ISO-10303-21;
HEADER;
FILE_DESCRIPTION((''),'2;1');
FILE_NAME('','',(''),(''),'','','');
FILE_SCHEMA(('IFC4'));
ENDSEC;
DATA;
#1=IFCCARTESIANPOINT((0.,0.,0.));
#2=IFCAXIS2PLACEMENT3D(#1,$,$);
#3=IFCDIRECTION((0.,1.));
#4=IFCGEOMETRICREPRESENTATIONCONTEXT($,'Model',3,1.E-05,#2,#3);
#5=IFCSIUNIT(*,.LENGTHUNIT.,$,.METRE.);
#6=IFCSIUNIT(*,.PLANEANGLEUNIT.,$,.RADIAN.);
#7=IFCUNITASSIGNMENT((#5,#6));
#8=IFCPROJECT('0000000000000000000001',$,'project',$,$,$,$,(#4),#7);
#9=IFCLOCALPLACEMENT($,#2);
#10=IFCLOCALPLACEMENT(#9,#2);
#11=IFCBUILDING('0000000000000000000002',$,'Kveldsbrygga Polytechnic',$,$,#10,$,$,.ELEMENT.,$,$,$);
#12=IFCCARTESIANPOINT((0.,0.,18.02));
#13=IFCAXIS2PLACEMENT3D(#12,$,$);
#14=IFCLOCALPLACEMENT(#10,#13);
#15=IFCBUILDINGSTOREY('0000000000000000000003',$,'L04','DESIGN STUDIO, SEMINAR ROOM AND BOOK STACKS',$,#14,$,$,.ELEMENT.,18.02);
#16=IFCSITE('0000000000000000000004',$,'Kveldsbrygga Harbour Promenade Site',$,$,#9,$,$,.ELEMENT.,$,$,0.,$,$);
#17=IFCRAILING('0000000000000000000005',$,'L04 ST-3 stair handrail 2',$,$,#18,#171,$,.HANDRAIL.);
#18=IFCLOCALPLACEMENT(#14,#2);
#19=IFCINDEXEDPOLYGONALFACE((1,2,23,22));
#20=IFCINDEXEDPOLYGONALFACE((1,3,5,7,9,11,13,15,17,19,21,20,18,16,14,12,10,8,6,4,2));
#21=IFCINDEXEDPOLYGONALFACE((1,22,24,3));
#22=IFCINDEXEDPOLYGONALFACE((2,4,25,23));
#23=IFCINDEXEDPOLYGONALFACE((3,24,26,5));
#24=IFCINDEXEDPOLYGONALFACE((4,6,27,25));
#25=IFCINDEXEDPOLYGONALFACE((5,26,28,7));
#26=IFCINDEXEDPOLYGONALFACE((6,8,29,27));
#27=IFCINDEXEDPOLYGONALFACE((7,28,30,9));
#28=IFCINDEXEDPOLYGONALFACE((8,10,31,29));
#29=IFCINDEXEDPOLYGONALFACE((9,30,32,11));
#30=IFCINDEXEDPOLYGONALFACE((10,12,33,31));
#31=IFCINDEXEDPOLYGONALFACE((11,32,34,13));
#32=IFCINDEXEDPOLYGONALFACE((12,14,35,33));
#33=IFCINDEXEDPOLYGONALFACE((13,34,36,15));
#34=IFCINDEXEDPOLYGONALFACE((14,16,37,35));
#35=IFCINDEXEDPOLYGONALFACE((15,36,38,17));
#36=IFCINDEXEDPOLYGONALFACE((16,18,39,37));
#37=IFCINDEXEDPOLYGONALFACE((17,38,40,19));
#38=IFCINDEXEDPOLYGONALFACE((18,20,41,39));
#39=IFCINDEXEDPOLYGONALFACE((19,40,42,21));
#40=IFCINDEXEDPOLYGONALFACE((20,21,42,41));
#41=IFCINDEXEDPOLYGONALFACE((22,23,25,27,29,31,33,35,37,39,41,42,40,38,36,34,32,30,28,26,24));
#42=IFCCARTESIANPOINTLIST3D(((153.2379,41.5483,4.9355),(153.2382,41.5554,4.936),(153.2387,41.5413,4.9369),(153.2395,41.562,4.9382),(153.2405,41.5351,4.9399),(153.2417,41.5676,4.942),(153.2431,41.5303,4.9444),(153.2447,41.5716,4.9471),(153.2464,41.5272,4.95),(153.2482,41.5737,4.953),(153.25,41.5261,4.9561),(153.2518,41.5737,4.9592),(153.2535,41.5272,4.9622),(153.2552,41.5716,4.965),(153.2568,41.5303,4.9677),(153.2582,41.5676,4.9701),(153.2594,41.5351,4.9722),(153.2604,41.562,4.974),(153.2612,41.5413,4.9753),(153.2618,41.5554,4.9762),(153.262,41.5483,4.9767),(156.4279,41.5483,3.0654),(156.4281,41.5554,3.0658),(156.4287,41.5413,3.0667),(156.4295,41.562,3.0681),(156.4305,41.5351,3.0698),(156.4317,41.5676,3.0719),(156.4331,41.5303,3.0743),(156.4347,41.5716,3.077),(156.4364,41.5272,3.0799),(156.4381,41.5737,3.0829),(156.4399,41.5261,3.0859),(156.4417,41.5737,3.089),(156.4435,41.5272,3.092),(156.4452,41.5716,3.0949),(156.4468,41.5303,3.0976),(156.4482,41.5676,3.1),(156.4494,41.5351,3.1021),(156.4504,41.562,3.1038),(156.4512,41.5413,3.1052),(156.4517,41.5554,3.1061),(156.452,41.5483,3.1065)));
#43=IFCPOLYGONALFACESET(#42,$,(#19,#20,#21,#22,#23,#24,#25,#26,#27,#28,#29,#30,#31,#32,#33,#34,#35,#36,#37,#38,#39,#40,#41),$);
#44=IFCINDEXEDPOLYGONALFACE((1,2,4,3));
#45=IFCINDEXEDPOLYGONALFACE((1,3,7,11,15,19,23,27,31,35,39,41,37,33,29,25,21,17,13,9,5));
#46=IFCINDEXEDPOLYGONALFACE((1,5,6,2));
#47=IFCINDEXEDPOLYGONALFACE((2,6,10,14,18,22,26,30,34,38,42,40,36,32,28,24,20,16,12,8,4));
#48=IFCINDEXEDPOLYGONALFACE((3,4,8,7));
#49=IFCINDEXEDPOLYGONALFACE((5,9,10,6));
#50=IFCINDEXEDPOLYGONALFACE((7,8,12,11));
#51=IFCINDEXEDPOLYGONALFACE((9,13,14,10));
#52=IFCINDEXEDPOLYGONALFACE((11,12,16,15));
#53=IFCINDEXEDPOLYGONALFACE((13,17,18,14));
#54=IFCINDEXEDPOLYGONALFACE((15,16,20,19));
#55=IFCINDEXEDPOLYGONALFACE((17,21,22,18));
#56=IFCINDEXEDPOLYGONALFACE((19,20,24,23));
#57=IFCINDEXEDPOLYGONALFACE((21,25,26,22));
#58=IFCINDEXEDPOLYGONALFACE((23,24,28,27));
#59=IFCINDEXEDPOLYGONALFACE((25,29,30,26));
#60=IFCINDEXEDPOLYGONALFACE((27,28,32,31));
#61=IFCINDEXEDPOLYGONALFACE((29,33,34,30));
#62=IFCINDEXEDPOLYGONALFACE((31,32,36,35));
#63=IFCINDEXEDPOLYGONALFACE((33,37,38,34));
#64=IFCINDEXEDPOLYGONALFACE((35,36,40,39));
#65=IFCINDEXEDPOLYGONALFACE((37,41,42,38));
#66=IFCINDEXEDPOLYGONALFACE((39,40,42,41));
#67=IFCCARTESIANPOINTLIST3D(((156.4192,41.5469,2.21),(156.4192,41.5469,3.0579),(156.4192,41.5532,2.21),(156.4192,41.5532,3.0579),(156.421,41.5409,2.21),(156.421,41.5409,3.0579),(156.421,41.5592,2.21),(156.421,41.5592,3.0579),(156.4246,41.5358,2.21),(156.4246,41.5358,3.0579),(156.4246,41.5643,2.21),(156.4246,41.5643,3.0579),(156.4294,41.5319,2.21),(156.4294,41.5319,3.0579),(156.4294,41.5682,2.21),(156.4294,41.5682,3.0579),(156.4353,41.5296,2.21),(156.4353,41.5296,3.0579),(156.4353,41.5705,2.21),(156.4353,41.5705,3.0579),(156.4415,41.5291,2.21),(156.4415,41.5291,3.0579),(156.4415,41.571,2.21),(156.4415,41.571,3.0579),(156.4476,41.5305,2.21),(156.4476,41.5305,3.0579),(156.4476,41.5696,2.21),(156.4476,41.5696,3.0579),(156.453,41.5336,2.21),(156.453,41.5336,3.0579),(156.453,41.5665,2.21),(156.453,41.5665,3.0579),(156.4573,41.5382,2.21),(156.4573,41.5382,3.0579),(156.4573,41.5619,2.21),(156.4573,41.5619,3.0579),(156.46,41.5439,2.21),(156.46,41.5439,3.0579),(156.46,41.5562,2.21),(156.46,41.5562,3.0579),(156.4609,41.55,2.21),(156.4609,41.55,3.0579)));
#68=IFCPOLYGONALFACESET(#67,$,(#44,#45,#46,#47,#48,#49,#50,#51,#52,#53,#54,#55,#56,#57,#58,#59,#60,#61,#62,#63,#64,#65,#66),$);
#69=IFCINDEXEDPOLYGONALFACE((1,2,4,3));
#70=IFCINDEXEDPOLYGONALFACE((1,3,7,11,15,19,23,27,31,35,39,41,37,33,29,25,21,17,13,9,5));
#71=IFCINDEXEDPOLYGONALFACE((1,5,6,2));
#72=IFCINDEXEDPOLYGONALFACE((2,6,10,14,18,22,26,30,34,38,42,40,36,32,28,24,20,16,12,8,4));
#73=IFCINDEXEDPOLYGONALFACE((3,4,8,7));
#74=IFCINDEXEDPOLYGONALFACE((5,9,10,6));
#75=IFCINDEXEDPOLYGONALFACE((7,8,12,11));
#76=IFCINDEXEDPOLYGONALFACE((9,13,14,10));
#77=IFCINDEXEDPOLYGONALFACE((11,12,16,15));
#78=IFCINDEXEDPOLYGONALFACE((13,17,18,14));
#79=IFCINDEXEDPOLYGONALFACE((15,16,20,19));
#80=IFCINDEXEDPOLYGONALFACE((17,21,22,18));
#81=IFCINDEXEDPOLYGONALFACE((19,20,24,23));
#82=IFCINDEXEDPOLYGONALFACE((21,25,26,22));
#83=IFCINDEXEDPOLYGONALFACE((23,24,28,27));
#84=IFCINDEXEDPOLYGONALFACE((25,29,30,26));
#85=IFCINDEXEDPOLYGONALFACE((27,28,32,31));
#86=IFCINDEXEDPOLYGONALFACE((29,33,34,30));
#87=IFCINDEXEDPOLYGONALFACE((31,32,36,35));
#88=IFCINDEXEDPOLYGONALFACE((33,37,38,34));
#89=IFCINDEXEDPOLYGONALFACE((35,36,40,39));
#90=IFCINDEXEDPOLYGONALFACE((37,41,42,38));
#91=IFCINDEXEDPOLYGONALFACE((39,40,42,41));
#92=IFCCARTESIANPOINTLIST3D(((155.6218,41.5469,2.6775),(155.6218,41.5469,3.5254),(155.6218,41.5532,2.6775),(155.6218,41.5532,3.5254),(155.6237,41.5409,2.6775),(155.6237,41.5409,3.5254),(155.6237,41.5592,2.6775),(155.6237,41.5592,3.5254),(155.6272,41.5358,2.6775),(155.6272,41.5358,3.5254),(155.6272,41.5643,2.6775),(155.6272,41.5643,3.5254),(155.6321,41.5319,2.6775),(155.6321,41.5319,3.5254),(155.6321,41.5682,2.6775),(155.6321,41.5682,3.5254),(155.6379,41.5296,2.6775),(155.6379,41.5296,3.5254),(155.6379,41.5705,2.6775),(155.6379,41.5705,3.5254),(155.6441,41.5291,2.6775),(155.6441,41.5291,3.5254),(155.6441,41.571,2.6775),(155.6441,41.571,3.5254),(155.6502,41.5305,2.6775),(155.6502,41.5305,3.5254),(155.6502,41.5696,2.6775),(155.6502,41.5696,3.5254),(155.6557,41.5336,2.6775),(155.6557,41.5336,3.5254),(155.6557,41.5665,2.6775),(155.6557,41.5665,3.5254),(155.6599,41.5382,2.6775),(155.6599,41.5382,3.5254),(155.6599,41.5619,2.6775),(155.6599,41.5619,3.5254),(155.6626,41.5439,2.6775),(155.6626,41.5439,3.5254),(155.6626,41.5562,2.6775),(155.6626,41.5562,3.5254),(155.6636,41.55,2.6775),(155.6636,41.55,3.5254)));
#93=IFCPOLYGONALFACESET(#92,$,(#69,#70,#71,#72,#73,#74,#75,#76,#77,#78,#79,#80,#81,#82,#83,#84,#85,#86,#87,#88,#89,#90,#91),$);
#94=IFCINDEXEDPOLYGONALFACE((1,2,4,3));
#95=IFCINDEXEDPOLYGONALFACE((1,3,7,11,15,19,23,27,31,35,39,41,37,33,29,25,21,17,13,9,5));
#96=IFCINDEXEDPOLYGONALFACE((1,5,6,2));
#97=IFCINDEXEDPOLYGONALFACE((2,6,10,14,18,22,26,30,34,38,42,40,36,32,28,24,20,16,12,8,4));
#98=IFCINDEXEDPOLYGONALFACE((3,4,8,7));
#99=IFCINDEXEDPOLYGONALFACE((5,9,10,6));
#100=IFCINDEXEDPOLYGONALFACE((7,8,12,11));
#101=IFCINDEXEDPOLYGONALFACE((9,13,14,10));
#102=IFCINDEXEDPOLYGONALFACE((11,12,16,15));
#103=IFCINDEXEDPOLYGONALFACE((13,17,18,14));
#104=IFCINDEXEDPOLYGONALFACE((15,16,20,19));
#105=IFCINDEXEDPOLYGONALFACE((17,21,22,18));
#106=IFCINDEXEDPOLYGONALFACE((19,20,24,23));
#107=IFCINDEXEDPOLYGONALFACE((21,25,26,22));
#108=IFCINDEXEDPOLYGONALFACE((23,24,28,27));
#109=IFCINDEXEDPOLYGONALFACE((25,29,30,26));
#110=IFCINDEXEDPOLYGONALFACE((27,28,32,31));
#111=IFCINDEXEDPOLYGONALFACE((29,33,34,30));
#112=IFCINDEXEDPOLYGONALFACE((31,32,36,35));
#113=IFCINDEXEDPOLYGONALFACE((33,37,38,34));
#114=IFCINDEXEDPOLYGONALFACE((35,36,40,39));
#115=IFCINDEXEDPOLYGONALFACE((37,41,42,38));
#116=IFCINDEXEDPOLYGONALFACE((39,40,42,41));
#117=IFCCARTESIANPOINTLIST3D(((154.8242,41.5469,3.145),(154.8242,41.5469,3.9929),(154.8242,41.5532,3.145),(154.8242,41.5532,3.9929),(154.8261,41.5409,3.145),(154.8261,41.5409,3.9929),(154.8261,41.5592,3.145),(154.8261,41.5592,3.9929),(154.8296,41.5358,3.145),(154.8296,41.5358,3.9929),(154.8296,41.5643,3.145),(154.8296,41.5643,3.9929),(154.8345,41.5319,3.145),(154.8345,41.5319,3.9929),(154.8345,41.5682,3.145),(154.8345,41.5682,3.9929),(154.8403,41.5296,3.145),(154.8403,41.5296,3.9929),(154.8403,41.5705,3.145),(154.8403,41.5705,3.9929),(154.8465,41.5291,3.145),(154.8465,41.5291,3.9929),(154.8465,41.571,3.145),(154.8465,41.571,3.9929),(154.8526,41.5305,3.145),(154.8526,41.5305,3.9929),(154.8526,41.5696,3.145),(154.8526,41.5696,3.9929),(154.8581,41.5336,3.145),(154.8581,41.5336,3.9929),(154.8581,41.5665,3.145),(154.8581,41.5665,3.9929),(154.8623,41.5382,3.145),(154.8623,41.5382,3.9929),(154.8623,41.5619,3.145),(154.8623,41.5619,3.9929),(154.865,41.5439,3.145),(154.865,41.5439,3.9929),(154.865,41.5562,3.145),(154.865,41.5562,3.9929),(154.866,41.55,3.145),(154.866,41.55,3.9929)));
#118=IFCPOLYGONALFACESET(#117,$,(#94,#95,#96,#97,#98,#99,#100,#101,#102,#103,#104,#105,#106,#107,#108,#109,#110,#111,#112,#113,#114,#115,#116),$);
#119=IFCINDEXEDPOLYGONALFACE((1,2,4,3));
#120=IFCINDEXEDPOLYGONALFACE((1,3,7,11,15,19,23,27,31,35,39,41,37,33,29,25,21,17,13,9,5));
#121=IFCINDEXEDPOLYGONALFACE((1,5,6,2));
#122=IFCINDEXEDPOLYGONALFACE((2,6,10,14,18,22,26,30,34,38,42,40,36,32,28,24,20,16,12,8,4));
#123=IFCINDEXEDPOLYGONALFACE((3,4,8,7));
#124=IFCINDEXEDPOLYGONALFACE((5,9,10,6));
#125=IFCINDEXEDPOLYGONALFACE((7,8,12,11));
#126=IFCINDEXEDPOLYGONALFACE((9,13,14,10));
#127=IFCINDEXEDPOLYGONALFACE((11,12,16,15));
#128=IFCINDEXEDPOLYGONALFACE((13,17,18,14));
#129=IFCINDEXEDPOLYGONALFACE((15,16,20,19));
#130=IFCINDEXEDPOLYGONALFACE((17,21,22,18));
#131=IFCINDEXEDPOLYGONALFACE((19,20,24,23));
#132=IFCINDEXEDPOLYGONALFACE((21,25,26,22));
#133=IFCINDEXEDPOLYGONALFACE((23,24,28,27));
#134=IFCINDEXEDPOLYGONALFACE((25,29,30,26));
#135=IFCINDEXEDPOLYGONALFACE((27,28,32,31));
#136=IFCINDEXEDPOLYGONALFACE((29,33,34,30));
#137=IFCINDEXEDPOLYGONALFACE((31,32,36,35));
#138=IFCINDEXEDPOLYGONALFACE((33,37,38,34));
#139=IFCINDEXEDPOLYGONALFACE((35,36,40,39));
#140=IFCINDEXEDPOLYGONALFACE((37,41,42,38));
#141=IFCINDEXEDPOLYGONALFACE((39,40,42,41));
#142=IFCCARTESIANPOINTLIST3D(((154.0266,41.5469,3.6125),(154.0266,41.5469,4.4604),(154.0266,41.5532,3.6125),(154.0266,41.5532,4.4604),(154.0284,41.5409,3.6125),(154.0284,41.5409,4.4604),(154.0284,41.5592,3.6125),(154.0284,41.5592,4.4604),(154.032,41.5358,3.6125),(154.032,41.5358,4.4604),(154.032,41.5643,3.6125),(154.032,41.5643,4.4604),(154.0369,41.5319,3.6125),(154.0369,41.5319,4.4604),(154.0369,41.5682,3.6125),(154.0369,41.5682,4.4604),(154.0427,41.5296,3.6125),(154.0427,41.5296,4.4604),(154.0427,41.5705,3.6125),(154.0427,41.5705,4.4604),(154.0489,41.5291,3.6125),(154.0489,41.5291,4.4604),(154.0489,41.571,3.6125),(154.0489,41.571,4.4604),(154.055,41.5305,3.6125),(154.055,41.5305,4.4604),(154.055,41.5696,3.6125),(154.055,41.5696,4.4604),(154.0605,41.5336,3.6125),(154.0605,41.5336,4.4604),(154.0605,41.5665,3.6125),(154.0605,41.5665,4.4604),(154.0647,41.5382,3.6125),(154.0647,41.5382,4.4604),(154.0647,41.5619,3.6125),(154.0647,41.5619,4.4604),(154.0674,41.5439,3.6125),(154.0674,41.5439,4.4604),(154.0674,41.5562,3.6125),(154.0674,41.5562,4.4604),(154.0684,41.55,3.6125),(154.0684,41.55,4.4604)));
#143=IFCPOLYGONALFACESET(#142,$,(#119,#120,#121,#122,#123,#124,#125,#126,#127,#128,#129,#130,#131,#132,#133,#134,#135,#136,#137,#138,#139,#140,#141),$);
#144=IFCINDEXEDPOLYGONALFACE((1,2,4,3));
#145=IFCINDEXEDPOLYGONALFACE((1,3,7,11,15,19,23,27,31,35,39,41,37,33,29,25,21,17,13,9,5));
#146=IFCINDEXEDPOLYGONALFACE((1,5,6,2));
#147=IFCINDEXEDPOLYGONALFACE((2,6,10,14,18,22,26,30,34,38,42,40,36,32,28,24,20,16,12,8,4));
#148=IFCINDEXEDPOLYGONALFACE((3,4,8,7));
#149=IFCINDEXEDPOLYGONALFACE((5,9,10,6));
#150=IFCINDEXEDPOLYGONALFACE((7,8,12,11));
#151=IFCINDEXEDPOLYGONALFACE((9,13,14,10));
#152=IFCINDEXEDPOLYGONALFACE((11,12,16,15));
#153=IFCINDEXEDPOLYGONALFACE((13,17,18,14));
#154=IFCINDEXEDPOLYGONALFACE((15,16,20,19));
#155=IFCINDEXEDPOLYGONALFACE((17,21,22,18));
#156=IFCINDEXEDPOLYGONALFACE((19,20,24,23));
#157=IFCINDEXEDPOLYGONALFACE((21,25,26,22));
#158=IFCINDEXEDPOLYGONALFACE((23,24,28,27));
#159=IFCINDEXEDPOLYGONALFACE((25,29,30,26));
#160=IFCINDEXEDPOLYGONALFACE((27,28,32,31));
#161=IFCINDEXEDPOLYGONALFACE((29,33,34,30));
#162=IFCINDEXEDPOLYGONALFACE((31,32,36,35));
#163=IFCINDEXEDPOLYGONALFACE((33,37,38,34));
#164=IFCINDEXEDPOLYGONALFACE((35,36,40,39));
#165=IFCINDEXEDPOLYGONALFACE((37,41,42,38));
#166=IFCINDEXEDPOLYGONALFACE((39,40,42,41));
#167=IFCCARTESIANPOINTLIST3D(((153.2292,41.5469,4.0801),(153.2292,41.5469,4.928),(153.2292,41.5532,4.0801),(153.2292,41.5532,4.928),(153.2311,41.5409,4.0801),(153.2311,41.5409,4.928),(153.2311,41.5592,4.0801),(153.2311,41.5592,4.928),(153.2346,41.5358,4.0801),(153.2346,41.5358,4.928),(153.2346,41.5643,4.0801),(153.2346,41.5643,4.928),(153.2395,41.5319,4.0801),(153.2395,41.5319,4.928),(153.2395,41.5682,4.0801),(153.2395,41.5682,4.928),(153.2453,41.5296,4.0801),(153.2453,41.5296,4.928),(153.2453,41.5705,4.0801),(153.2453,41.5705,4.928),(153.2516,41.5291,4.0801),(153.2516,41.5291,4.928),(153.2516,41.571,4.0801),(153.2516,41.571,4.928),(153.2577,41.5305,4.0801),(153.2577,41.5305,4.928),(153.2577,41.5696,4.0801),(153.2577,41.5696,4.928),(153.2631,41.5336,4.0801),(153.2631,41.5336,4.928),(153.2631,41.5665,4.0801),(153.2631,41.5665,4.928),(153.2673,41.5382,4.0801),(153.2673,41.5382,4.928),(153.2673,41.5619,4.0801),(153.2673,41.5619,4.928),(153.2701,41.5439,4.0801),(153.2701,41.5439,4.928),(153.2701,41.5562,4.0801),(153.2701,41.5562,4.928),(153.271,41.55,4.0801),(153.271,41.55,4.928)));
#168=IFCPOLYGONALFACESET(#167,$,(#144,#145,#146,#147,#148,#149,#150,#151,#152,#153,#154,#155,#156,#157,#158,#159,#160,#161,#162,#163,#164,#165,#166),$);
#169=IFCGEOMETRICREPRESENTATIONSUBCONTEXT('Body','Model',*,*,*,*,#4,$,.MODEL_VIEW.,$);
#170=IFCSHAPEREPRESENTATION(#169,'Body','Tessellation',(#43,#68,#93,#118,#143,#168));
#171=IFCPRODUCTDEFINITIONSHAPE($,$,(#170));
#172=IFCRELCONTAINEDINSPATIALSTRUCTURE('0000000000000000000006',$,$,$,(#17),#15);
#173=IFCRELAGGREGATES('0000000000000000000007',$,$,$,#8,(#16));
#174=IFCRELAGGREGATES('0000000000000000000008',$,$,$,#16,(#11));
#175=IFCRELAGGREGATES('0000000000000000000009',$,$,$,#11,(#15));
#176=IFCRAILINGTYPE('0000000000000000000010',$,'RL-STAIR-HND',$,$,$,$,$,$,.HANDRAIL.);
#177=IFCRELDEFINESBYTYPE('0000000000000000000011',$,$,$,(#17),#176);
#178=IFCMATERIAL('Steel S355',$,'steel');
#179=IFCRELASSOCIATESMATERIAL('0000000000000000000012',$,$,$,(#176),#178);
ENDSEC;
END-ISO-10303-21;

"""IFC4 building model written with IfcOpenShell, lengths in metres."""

from ifc_helpers import new_model, si_unit, direction, frame, origin, origin_2d, place, context, subcontext, project, spatial, circle, extrude, material, type_object, element, save


model = new_model("IFC4")

# Units and contexts
model_context = context("Model", 3, precision=1e-05, world=origin(), true_north=direction((0.0, 1.0)))
body_context = subcontext(model_context, "Body", "Model", "MODEL_VIEW")
ifc_project = project(units=[si_unit("LENGTHUNIT", "METRE"), si_unit("PLANEANGLEUNIT", "RADIAN")], contexts=[model_context])

# Site, building, storey
site_placement = place(None, origin())
site = spatial("IfcSite", under=ifc_project, at=site_placement, Name="Kveldsbrygga Harbour Promenade Site", CompositionType="ELEMENT", RefElevation=0.0)
building_placement = place(site_placement, origin())
building = spatial("IfcBuilding", under=site, at=building_placement, Name="Kveldsbrygga Polytechnic", CompositionType="ELEMENT")
storey_placement = place(building_placement, frame((0.0, 0.0, 18.02)))
storey = spatial("IfcBuildingStorey", under=building, at=storey_placement, Name="L04", Description="DESIGN STUDIO, SEMINAR ROOM AND BOOK STACKS", CompositionType="ELEMENT", Elevation=18.02)

# Shared definitions
ifc_material_1 = material(Name="Steel S355", Category="steel")

# Railing
railing_type_1 = type_object("IfcRailingType", Name="RL-STAIR-HND", PredefinedType="HANDRAIL", material=ifc_material_1)
railing_1_placement = place(storey_placement, frame((156.4399, 41.55, 2.21)))
element("IfcRailing", 1, at=railing_1_placement, inside=storey, type_object=railing_type_1, Name="L04 ST-3 stair handrail 2", PredefinedType="HANDRAIL", context=body_context, shape_type="SweptSolid", body=[
    extrude(circle(Radius=0.0239, at=origin_2d()), frame((0.0, 0.0, 0.876), z_axis=(-0.86268, 0.0, 0.50575), x_axis=(0.0, -1.0, 0.0)), (0.0, 0.0, 1.0), 3.6978),
    extrude(circle(Radius=0.021, at=origin_2d()), origin(), (0.0, 0.0, 1.0), 0.8479),
    extrude(circle(Radius=0.021, at=origin_2d()), frame((-0.7974, 0.0, 0.4675)), (0.0, 0.0, 1.0), 0.8479),
    extrude(circle(Radius=0.021, at=origin_2d()), frame((-1.595, 0.0, 0.9351)), (0.0, 0.0, 1.0), 0.8479),
    extrude(circle(Radius=0.021, at=origin_2d()), frame((-2.3926, 0.0, 1.4026)), (0.0, 0.0, 1.0), 0.8479),
    extrude(circle(Radius=0.021, at=origin_2d()), frame((-3.1899, 0.0, 1.8701)), (0.0, 0.0, 1.0), 0.8479),
])

save(model, "model.ifc")
